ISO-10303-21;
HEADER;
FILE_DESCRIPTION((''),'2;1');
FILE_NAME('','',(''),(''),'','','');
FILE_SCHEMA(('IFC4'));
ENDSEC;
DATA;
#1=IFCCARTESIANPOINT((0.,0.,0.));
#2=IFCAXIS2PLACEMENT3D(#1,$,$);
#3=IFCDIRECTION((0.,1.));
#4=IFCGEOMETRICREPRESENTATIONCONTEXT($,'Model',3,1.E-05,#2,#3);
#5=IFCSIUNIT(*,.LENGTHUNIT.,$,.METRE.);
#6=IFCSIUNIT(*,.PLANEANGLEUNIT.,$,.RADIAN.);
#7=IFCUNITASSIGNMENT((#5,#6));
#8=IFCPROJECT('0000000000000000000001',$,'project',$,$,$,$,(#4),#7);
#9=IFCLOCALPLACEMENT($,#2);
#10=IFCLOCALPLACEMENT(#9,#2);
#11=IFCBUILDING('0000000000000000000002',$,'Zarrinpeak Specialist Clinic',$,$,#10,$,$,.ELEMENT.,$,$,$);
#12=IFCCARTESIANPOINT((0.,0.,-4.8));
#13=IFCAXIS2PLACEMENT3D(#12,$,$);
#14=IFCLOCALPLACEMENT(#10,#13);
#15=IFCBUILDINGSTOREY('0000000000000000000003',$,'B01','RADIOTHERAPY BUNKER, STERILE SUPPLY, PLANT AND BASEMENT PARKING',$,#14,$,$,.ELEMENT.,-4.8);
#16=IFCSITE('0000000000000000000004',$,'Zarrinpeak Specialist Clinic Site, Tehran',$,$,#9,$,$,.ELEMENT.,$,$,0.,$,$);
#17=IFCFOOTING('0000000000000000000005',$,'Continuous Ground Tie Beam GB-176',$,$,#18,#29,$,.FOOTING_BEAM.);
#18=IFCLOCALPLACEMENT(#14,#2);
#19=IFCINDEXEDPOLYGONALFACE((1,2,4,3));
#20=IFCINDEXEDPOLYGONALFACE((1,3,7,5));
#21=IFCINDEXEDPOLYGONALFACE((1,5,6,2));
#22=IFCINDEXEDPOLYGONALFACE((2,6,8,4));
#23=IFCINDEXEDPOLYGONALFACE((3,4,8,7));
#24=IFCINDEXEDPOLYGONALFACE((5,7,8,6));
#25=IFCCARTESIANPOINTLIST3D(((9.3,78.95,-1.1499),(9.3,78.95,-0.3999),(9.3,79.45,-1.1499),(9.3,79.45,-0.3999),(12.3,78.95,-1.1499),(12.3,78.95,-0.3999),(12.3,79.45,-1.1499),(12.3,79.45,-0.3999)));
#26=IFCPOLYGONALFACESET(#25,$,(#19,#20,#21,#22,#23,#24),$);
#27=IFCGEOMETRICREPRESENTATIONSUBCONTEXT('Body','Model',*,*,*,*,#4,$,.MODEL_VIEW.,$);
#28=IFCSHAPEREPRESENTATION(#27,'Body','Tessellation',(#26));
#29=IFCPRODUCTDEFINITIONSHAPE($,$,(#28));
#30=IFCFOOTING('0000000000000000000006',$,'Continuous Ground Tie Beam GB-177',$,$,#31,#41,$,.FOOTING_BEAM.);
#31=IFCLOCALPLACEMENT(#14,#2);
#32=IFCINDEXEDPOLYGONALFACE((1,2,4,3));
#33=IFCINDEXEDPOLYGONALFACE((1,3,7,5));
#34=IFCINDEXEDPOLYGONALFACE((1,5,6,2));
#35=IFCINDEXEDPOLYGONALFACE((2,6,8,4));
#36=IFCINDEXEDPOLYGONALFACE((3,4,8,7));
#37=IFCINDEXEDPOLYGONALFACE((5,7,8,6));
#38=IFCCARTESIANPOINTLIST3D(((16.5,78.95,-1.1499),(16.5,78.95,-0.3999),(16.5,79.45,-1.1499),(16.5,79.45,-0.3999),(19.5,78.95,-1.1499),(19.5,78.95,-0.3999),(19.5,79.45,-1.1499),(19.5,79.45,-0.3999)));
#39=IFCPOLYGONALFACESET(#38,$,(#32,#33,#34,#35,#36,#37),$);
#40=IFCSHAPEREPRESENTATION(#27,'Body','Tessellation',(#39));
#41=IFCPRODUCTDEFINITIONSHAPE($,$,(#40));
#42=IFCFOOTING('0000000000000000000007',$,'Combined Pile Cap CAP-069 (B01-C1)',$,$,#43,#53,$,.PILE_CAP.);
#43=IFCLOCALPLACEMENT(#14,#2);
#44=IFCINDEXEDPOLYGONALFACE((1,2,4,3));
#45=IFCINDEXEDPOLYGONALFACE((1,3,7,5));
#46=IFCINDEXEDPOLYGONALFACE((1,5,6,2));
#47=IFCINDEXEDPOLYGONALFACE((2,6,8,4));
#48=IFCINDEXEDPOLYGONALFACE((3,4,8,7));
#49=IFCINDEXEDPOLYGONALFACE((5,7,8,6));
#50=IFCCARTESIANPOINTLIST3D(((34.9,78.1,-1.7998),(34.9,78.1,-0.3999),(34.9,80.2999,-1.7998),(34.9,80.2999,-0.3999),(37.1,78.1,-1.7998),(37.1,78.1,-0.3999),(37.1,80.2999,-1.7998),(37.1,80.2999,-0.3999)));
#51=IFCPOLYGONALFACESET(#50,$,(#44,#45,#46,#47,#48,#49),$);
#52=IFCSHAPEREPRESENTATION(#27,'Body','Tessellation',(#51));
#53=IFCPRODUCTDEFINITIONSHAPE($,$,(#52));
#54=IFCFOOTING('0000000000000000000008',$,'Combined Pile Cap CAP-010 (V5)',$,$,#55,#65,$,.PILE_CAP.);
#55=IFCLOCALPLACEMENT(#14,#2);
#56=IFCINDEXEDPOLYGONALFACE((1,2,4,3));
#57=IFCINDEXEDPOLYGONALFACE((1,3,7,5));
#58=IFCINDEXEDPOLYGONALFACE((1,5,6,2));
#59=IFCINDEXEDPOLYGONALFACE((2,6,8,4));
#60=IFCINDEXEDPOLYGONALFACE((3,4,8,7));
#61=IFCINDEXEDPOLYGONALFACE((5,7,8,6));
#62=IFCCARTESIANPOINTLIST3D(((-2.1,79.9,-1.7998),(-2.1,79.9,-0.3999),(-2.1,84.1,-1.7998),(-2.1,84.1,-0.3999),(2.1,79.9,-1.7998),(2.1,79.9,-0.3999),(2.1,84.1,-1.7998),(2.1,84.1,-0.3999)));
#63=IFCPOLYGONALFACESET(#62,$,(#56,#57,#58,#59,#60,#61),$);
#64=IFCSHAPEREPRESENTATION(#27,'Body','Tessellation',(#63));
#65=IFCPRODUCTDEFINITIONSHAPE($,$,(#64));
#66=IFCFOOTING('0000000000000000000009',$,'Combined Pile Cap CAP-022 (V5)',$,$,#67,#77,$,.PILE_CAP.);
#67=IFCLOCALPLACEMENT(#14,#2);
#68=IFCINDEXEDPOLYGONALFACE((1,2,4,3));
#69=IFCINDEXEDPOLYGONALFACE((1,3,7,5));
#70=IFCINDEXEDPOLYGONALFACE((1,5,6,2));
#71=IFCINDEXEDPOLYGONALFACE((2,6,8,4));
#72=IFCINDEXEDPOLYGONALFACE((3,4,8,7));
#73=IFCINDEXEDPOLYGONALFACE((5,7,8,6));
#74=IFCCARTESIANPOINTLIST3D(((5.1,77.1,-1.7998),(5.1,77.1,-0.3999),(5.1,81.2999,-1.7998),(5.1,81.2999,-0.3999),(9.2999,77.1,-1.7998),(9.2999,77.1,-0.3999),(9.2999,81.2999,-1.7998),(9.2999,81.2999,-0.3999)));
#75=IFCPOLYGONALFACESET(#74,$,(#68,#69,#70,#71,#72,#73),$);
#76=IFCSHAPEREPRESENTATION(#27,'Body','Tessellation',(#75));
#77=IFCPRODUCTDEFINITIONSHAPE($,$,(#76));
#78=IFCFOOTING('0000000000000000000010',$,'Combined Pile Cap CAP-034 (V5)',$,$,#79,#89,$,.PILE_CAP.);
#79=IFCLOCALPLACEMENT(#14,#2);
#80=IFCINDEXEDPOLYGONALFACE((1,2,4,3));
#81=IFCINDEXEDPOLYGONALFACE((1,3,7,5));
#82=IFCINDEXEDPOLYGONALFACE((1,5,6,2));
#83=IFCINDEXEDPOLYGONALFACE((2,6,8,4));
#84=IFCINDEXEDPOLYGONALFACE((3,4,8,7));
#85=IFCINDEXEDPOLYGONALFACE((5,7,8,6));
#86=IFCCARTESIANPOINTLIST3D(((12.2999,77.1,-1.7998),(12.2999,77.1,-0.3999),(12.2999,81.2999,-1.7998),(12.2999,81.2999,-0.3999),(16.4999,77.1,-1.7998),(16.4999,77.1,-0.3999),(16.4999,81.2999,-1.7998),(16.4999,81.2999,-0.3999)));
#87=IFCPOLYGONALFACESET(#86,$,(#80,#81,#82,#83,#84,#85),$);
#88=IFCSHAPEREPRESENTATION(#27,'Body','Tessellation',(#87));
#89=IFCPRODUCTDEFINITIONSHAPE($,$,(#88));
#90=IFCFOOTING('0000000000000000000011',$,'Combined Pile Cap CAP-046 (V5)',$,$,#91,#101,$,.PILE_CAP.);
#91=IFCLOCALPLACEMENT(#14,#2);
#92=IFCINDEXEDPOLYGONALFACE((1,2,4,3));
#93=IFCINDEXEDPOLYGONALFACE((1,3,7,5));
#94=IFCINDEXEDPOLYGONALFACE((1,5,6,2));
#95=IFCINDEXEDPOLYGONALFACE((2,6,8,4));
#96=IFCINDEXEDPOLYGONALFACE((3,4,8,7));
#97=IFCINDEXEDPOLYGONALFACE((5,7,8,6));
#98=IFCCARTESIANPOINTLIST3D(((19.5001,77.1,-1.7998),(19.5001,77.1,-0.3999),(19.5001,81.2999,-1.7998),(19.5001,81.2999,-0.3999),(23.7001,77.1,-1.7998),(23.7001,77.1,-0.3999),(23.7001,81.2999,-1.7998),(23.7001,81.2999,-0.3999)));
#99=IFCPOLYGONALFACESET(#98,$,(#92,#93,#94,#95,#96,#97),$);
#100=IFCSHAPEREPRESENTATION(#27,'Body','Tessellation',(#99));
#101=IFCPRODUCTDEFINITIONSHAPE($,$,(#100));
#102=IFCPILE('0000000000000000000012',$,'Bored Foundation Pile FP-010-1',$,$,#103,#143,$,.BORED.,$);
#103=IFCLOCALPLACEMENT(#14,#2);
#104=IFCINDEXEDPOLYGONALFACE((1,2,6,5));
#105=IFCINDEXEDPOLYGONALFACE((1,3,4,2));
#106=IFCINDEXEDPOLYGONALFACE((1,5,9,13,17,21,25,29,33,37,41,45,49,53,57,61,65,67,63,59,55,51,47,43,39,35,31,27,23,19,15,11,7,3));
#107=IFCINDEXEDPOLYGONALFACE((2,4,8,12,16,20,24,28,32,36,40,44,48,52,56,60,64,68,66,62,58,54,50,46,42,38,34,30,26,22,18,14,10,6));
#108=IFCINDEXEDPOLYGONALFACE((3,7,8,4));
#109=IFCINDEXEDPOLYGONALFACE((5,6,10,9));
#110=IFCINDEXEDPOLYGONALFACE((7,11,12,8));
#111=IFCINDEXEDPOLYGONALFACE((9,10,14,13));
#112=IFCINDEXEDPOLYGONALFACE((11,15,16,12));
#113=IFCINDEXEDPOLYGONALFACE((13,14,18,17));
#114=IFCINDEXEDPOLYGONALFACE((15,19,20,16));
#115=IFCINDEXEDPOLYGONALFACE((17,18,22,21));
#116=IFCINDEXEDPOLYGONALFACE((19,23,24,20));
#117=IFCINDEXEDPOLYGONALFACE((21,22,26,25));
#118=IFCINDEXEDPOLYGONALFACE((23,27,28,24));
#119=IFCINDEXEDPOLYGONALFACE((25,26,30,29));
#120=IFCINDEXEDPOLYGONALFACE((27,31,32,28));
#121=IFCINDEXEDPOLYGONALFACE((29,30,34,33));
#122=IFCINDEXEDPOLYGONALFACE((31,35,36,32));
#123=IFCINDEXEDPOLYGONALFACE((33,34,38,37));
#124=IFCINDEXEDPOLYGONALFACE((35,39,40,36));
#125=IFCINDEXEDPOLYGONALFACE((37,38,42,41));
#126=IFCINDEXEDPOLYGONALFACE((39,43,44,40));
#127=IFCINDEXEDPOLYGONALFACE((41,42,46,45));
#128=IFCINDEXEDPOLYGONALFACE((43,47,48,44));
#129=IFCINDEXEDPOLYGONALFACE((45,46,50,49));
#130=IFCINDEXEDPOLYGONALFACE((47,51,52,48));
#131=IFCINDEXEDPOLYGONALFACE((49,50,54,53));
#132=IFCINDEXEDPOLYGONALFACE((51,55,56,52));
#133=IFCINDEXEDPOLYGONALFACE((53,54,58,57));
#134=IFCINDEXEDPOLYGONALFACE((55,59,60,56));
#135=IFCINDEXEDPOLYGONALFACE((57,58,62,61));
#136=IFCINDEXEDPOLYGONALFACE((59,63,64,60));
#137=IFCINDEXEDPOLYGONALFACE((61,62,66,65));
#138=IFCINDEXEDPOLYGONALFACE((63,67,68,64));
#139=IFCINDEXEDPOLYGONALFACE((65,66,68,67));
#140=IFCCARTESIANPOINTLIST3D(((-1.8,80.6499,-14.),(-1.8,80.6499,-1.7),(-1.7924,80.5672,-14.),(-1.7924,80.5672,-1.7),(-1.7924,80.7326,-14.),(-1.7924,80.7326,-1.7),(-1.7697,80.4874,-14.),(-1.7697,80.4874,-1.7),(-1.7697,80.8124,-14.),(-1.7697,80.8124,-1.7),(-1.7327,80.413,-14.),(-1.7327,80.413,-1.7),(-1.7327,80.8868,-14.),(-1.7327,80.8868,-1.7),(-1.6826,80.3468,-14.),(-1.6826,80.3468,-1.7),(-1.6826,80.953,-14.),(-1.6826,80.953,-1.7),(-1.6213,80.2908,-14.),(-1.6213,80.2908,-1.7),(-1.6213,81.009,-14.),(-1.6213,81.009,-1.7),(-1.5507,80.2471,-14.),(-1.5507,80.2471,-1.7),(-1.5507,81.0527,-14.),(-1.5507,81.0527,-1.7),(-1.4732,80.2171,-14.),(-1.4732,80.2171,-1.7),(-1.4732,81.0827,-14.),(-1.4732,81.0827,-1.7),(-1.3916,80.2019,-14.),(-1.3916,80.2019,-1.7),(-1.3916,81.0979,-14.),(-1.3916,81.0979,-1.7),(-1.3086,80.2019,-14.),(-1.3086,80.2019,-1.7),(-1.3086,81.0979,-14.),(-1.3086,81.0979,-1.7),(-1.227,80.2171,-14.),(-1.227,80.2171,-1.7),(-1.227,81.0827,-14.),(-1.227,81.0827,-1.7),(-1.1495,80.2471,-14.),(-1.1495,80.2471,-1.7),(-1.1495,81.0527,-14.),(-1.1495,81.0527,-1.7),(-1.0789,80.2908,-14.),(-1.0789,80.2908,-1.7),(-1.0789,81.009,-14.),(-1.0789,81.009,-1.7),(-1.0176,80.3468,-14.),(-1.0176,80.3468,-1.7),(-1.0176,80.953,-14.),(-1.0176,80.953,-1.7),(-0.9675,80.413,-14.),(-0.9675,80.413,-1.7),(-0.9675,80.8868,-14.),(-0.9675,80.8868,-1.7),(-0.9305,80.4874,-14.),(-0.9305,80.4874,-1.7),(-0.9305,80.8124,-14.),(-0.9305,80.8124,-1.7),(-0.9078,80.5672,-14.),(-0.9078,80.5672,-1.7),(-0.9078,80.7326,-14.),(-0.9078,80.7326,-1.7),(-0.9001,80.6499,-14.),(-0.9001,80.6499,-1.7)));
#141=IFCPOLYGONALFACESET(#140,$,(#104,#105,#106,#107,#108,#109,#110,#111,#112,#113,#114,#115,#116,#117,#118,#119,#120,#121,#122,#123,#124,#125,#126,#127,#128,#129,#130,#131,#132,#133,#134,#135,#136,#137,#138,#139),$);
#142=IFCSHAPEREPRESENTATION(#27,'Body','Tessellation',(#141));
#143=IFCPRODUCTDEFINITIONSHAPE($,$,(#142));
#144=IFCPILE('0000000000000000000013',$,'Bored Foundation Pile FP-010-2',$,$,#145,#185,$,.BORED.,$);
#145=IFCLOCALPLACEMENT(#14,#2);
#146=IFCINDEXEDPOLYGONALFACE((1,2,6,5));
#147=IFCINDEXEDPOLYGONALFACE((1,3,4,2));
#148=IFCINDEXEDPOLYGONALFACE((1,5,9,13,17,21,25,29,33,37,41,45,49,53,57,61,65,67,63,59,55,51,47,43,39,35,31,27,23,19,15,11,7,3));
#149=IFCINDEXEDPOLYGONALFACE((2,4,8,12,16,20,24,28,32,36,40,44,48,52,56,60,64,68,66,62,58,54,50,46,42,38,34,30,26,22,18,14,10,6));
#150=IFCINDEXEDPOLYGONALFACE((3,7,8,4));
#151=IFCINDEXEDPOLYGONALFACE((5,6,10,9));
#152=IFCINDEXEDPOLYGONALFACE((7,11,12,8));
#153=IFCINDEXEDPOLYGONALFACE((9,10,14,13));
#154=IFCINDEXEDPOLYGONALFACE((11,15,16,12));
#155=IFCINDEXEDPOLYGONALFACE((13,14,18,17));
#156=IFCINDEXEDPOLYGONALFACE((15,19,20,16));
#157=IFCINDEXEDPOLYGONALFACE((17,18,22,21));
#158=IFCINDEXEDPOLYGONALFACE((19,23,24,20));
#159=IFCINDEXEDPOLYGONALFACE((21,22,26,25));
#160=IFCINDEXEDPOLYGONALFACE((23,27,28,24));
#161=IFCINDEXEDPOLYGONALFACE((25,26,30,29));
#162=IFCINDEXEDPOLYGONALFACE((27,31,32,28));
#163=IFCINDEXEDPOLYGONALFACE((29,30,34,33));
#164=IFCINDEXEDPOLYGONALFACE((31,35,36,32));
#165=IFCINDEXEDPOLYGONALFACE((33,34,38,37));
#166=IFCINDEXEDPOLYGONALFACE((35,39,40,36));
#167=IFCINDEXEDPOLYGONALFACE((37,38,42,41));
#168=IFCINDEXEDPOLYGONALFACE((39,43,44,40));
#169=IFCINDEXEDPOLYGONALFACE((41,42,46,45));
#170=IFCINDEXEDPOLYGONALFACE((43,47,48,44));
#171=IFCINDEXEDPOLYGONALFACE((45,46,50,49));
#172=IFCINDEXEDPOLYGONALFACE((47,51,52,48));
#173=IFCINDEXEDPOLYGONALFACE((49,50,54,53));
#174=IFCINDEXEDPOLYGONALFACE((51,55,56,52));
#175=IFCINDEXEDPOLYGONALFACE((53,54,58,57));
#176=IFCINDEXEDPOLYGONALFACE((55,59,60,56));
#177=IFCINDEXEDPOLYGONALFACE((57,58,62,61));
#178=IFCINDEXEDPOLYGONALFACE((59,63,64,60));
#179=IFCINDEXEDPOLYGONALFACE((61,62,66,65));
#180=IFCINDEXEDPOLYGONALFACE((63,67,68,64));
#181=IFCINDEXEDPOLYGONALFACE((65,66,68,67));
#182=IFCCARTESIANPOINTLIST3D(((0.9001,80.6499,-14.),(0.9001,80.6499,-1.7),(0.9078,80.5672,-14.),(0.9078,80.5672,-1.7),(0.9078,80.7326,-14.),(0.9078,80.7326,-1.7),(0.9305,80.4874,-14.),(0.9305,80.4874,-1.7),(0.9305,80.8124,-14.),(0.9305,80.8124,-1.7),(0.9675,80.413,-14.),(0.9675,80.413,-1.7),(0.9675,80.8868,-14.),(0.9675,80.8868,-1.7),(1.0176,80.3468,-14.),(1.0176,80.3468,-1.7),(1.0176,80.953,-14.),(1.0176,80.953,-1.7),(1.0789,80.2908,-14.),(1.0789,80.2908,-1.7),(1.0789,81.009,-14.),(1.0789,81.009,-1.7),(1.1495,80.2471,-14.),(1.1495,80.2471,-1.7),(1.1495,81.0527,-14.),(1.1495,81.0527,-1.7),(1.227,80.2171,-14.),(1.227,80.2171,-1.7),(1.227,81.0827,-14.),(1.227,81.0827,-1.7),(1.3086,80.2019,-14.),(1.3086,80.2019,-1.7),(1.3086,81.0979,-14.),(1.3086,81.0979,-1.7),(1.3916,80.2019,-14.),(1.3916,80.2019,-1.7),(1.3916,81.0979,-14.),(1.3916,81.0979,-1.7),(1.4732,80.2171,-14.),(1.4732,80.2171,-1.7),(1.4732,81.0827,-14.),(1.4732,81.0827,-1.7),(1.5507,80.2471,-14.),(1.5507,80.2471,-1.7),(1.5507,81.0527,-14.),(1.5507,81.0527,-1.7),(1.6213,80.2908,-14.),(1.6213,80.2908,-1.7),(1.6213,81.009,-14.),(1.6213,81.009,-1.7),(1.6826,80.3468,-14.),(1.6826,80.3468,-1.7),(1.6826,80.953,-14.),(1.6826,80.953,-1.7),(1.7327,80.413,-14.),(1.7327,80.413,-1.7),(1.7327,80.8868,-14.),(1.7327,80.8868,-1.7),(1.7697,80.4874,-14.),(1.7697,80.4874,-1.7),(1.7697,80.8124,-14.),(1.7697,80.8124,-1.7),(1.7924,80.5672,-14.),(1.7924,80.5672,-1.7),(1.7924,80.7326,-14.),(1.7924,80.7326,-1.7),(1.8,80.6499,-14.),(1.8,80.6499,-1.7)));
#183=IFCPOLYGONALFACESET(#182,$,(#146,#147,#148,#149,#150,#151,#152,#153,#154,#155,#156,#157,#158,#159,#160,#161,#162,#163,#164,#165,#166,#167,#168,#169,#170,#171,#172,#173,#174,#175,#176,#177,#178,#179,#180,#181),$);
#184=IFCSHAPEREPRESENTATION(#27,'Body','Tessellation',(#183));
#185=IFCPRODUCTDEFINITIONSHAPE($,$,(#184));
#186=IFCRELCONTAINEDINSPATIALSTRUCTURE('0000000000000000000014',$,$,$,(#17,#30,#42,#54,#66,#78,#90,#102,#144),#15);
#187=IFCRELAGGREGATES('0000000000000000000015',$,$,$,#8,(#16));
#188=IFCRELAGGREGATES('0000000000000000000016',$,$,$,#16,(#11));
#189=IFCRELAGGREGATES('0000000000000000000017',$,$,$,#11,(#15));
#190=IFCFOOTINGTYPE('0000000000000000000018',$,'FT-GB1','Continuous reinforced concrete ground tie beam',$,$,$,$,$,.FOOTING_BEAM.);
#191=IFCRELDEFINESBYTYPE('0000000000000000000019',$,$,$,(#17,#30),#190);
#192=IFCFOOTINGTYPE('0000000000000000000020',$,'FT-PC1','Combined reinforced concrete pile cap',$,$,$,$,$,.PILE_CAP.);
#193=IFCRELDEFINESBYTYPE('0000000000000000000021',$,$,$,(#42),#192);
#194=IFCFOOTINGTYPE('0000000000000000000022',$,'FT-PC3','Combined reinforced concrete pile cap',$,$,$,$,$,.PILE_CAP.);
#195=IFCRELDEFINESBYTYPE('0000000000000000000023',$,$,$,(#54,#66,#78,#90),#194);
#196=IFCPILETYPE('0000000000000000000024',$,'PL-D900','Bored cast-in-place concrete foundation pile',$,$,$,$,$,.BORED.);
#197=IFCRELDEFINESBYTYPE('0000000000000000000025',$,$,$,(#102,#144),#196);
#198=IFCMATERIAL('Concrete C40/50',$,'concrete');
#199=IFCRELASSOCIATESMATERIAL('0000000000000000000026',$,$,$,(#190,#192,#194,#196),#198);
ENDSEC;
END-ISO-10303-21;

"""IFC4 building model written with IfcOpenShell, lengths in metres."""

from ifc_helpers import new_model, si_unit, direction, frame, origin, origin_2d, place, context, subcontext, project, spatial, rectangle, circle, extrude, material, material_profile, profile_set, type_object, element, save


model = new_model("IFC4")

# Units and contexts
model_context = context("Model", 3, precision=1e-05, world=origin(), true_north=direction((0.0, 1.0)))
body_context = subcontext(model_context, "Body", "Model", "MODEL_VIEW")
ifc_project = project(units=[si_unit("LENGTHUNIT", "METRE"), si_unit("PLANEANGLEUNIT", "RADIAN")], contexts=[model_context])

# Site, building, storey
site_placement = place(None, origin())
site = spatial("IfcSite", under=ifc_project, at=site_placement, Name="Zarrinpeak Specialist Clinic Site, Tehran", CompositionType="ELEMENT", RefElevation=0.0)
building_placement = place(site_placement, origin())
building = spatial("IfcBuilding", under=site, at=building_placement, Name="Zarrinpeak Specialist Clinic", CompositionType="ELEMENT")
storey_placement = place(building_placement, frame((0.0, 0.0, -4.8)))
storey = spatial("IfcBuildingStorey", under=building, at=storey_placement, Name="B01", Description="RADIOTHERAPY BUNKER, STERILE SUPPLY, PLANT AND BASEMENT PARKING", CompositionType="ELEMENT", Elevation=-4.8)

# Footings
ifc_material_1 = material(Name="Concrete C40/50", Category="concrete")
ifc_material_profile_1 = material_profile(ifc_material_1, rectangle(XDim=0.5, YDim=0.75, at=origin_2d()), Name="RC 500x750")
ifc_profile_set_1 = profile_set([ifc_material_profile_1], Name="Concrete C40/50")
footing_type_1 = type_object("IfcFootingType", Name="FT-GB1", Description="Continuous reinforced concrete ground tie beam", PredefinedType="FOOTING_BEAM", material=ifc_profile_set_1)
for number, where, z_axis, x_axis, name in (
    (1, (9.3, 79.2, -0.7749), (1.0, 0.0, 0.0), (0.0, 1.0, 0.0), "Continuous Ground Tie Beam GB-176"),
    (2, (16.5, 79.2, -0.7749), (1.0, 0.0, 0.0), (0.0, 1.0, 0.0), "Continuous Ground Tie Beam GB-177"),
):
    element("IfcFooting", number, at=place(storey_placement, frame(where, z_axis=z_axis, x_axis=x_axis)), inside=storey, type_object=footing_type_1, Name=name, PredefinedType="FOOTING_BEAM", context=body_context, shape_type="SweptSolid", body=[
        extrude(rectangle(XDim=0.5, YDim=0.75, at=origin_2d()), origin(), (0.0, 0.0, 1.0), 3.0),
    ])
footing_type_2 = type_object("IfcFootingType", Name="FT-PC1", Description="Combined reinforced concrete pile cap", PredefinedType="PILE_CAP", material=ifc_material_1)
footing_placement = place(storey_placement, frame((36.0, 79.2, -1.7998), z_axis=(0.0, 0.0, 1.0), x_axis=(1.0, 0.0, 0.0)))
element("IfcFooting", 3, at=footing_placement, inside=storey, type_object=footing_type_2, Name="Combined Pile Cap CAP-069 (B01-C1)", PredefinedType="PILE_CAP", context=body_context, shape_type="SweptSolid", body=[
    extrude(rectangle(XDim=2.2, YDim=2.2, at=origin_2d()), origin(), (0.0, 0.0, 1.0), 1.3999),
])
footing_type_3 = type_object("IfcFootingType", Name="FT-PC3", Description="Combined reinforced concrete pile cap", PredefinedType="PILE_CAP", material=ifc_material_1)
for number, where, z_axis, x_axis, name in (
    (4, (0.0, 82.0, -1.7998), (0.0, 0.0, 1.0), (1.0, 0.0, 0.0), "Combined Pile Cap CAP-010 (V5)"),
    (5, (7.2, 79.2, -1.7998), (0.0, 0.0, 1.0), (1.0, 0.0, 0.0), "Combined Pile Cap CAP-022 (V5)"),
    (6, (14.3999, 79.2, -1.7998), (0.0, 0.0, 1.0), (1.0, 0.0, 0.0), "Combined Pile Cap CAP-034 (V5)"),
    (7, (21.6001, 79.2, -1.7998), (0.0, 0.0, 1.0), (1.0, 0.0, 0.0), "Combined Pile Cap CAP-046 (V5)"),
):
    element("IfcFooting", number, at=place(storey_placement, frame(where, z_axis=z_axis, x_axis=x_axis)), inside=storey, type_object=footing_type_3, Name=name, PredefinedType="PILE_CAP", context=body_context, shape_type="SweptSolid", body=[
        extrude(rectangle(XDim=4.2, YDim=4.2, at=origin_2d()), origin(), (0.0, 0.0, 1.0), 1.3999),
    ])

# Piles
ifc_material_profile_2 = material_profile(ifc_material_1, circle(Radius=0.45, at=origin_2d()), Name="BORED PILE D900")
ifc_profile_set_2 = profile_set([ifc_material_profile_2], Name="Concrete C40/50")
pile_type = type_object("IfcPileType", Name="PL-D900", Description="Bored cast-in-place concrete foundation pile", PredefinedType="BORED", material=ifc_profile_set_2)
for number, where, z_axis, x_axis, name in (
    (8, (-1.3501, 80.6499, -1.7), (0.0, 0.0, -1.0), (1.0, 0.0, 0.0), "Bored Foundation Pile FP-010-1"),
    (9, (1.3501, 80.6499, -1.7), (0.0, 0.0, -1.0), (1.0, 0.0, 0.0), "Bored Foundation Pile FP-010-2"),
):
    element("IfcPile", number, at=place(storey_placement, frame(where, z_axis=z_axis, x_axis=x_axis)), inside=storey, type_object=pile_type, Name=name, PredefinedType="BORED", context=body_context, shape_type="SweptSolid", body=[
        extrude(circle(Radius=0.45, at=origin_2d()), origin(), (0.0, 0.0, 1.0), 12.3),
    ])

save(model, "model.ifc")
